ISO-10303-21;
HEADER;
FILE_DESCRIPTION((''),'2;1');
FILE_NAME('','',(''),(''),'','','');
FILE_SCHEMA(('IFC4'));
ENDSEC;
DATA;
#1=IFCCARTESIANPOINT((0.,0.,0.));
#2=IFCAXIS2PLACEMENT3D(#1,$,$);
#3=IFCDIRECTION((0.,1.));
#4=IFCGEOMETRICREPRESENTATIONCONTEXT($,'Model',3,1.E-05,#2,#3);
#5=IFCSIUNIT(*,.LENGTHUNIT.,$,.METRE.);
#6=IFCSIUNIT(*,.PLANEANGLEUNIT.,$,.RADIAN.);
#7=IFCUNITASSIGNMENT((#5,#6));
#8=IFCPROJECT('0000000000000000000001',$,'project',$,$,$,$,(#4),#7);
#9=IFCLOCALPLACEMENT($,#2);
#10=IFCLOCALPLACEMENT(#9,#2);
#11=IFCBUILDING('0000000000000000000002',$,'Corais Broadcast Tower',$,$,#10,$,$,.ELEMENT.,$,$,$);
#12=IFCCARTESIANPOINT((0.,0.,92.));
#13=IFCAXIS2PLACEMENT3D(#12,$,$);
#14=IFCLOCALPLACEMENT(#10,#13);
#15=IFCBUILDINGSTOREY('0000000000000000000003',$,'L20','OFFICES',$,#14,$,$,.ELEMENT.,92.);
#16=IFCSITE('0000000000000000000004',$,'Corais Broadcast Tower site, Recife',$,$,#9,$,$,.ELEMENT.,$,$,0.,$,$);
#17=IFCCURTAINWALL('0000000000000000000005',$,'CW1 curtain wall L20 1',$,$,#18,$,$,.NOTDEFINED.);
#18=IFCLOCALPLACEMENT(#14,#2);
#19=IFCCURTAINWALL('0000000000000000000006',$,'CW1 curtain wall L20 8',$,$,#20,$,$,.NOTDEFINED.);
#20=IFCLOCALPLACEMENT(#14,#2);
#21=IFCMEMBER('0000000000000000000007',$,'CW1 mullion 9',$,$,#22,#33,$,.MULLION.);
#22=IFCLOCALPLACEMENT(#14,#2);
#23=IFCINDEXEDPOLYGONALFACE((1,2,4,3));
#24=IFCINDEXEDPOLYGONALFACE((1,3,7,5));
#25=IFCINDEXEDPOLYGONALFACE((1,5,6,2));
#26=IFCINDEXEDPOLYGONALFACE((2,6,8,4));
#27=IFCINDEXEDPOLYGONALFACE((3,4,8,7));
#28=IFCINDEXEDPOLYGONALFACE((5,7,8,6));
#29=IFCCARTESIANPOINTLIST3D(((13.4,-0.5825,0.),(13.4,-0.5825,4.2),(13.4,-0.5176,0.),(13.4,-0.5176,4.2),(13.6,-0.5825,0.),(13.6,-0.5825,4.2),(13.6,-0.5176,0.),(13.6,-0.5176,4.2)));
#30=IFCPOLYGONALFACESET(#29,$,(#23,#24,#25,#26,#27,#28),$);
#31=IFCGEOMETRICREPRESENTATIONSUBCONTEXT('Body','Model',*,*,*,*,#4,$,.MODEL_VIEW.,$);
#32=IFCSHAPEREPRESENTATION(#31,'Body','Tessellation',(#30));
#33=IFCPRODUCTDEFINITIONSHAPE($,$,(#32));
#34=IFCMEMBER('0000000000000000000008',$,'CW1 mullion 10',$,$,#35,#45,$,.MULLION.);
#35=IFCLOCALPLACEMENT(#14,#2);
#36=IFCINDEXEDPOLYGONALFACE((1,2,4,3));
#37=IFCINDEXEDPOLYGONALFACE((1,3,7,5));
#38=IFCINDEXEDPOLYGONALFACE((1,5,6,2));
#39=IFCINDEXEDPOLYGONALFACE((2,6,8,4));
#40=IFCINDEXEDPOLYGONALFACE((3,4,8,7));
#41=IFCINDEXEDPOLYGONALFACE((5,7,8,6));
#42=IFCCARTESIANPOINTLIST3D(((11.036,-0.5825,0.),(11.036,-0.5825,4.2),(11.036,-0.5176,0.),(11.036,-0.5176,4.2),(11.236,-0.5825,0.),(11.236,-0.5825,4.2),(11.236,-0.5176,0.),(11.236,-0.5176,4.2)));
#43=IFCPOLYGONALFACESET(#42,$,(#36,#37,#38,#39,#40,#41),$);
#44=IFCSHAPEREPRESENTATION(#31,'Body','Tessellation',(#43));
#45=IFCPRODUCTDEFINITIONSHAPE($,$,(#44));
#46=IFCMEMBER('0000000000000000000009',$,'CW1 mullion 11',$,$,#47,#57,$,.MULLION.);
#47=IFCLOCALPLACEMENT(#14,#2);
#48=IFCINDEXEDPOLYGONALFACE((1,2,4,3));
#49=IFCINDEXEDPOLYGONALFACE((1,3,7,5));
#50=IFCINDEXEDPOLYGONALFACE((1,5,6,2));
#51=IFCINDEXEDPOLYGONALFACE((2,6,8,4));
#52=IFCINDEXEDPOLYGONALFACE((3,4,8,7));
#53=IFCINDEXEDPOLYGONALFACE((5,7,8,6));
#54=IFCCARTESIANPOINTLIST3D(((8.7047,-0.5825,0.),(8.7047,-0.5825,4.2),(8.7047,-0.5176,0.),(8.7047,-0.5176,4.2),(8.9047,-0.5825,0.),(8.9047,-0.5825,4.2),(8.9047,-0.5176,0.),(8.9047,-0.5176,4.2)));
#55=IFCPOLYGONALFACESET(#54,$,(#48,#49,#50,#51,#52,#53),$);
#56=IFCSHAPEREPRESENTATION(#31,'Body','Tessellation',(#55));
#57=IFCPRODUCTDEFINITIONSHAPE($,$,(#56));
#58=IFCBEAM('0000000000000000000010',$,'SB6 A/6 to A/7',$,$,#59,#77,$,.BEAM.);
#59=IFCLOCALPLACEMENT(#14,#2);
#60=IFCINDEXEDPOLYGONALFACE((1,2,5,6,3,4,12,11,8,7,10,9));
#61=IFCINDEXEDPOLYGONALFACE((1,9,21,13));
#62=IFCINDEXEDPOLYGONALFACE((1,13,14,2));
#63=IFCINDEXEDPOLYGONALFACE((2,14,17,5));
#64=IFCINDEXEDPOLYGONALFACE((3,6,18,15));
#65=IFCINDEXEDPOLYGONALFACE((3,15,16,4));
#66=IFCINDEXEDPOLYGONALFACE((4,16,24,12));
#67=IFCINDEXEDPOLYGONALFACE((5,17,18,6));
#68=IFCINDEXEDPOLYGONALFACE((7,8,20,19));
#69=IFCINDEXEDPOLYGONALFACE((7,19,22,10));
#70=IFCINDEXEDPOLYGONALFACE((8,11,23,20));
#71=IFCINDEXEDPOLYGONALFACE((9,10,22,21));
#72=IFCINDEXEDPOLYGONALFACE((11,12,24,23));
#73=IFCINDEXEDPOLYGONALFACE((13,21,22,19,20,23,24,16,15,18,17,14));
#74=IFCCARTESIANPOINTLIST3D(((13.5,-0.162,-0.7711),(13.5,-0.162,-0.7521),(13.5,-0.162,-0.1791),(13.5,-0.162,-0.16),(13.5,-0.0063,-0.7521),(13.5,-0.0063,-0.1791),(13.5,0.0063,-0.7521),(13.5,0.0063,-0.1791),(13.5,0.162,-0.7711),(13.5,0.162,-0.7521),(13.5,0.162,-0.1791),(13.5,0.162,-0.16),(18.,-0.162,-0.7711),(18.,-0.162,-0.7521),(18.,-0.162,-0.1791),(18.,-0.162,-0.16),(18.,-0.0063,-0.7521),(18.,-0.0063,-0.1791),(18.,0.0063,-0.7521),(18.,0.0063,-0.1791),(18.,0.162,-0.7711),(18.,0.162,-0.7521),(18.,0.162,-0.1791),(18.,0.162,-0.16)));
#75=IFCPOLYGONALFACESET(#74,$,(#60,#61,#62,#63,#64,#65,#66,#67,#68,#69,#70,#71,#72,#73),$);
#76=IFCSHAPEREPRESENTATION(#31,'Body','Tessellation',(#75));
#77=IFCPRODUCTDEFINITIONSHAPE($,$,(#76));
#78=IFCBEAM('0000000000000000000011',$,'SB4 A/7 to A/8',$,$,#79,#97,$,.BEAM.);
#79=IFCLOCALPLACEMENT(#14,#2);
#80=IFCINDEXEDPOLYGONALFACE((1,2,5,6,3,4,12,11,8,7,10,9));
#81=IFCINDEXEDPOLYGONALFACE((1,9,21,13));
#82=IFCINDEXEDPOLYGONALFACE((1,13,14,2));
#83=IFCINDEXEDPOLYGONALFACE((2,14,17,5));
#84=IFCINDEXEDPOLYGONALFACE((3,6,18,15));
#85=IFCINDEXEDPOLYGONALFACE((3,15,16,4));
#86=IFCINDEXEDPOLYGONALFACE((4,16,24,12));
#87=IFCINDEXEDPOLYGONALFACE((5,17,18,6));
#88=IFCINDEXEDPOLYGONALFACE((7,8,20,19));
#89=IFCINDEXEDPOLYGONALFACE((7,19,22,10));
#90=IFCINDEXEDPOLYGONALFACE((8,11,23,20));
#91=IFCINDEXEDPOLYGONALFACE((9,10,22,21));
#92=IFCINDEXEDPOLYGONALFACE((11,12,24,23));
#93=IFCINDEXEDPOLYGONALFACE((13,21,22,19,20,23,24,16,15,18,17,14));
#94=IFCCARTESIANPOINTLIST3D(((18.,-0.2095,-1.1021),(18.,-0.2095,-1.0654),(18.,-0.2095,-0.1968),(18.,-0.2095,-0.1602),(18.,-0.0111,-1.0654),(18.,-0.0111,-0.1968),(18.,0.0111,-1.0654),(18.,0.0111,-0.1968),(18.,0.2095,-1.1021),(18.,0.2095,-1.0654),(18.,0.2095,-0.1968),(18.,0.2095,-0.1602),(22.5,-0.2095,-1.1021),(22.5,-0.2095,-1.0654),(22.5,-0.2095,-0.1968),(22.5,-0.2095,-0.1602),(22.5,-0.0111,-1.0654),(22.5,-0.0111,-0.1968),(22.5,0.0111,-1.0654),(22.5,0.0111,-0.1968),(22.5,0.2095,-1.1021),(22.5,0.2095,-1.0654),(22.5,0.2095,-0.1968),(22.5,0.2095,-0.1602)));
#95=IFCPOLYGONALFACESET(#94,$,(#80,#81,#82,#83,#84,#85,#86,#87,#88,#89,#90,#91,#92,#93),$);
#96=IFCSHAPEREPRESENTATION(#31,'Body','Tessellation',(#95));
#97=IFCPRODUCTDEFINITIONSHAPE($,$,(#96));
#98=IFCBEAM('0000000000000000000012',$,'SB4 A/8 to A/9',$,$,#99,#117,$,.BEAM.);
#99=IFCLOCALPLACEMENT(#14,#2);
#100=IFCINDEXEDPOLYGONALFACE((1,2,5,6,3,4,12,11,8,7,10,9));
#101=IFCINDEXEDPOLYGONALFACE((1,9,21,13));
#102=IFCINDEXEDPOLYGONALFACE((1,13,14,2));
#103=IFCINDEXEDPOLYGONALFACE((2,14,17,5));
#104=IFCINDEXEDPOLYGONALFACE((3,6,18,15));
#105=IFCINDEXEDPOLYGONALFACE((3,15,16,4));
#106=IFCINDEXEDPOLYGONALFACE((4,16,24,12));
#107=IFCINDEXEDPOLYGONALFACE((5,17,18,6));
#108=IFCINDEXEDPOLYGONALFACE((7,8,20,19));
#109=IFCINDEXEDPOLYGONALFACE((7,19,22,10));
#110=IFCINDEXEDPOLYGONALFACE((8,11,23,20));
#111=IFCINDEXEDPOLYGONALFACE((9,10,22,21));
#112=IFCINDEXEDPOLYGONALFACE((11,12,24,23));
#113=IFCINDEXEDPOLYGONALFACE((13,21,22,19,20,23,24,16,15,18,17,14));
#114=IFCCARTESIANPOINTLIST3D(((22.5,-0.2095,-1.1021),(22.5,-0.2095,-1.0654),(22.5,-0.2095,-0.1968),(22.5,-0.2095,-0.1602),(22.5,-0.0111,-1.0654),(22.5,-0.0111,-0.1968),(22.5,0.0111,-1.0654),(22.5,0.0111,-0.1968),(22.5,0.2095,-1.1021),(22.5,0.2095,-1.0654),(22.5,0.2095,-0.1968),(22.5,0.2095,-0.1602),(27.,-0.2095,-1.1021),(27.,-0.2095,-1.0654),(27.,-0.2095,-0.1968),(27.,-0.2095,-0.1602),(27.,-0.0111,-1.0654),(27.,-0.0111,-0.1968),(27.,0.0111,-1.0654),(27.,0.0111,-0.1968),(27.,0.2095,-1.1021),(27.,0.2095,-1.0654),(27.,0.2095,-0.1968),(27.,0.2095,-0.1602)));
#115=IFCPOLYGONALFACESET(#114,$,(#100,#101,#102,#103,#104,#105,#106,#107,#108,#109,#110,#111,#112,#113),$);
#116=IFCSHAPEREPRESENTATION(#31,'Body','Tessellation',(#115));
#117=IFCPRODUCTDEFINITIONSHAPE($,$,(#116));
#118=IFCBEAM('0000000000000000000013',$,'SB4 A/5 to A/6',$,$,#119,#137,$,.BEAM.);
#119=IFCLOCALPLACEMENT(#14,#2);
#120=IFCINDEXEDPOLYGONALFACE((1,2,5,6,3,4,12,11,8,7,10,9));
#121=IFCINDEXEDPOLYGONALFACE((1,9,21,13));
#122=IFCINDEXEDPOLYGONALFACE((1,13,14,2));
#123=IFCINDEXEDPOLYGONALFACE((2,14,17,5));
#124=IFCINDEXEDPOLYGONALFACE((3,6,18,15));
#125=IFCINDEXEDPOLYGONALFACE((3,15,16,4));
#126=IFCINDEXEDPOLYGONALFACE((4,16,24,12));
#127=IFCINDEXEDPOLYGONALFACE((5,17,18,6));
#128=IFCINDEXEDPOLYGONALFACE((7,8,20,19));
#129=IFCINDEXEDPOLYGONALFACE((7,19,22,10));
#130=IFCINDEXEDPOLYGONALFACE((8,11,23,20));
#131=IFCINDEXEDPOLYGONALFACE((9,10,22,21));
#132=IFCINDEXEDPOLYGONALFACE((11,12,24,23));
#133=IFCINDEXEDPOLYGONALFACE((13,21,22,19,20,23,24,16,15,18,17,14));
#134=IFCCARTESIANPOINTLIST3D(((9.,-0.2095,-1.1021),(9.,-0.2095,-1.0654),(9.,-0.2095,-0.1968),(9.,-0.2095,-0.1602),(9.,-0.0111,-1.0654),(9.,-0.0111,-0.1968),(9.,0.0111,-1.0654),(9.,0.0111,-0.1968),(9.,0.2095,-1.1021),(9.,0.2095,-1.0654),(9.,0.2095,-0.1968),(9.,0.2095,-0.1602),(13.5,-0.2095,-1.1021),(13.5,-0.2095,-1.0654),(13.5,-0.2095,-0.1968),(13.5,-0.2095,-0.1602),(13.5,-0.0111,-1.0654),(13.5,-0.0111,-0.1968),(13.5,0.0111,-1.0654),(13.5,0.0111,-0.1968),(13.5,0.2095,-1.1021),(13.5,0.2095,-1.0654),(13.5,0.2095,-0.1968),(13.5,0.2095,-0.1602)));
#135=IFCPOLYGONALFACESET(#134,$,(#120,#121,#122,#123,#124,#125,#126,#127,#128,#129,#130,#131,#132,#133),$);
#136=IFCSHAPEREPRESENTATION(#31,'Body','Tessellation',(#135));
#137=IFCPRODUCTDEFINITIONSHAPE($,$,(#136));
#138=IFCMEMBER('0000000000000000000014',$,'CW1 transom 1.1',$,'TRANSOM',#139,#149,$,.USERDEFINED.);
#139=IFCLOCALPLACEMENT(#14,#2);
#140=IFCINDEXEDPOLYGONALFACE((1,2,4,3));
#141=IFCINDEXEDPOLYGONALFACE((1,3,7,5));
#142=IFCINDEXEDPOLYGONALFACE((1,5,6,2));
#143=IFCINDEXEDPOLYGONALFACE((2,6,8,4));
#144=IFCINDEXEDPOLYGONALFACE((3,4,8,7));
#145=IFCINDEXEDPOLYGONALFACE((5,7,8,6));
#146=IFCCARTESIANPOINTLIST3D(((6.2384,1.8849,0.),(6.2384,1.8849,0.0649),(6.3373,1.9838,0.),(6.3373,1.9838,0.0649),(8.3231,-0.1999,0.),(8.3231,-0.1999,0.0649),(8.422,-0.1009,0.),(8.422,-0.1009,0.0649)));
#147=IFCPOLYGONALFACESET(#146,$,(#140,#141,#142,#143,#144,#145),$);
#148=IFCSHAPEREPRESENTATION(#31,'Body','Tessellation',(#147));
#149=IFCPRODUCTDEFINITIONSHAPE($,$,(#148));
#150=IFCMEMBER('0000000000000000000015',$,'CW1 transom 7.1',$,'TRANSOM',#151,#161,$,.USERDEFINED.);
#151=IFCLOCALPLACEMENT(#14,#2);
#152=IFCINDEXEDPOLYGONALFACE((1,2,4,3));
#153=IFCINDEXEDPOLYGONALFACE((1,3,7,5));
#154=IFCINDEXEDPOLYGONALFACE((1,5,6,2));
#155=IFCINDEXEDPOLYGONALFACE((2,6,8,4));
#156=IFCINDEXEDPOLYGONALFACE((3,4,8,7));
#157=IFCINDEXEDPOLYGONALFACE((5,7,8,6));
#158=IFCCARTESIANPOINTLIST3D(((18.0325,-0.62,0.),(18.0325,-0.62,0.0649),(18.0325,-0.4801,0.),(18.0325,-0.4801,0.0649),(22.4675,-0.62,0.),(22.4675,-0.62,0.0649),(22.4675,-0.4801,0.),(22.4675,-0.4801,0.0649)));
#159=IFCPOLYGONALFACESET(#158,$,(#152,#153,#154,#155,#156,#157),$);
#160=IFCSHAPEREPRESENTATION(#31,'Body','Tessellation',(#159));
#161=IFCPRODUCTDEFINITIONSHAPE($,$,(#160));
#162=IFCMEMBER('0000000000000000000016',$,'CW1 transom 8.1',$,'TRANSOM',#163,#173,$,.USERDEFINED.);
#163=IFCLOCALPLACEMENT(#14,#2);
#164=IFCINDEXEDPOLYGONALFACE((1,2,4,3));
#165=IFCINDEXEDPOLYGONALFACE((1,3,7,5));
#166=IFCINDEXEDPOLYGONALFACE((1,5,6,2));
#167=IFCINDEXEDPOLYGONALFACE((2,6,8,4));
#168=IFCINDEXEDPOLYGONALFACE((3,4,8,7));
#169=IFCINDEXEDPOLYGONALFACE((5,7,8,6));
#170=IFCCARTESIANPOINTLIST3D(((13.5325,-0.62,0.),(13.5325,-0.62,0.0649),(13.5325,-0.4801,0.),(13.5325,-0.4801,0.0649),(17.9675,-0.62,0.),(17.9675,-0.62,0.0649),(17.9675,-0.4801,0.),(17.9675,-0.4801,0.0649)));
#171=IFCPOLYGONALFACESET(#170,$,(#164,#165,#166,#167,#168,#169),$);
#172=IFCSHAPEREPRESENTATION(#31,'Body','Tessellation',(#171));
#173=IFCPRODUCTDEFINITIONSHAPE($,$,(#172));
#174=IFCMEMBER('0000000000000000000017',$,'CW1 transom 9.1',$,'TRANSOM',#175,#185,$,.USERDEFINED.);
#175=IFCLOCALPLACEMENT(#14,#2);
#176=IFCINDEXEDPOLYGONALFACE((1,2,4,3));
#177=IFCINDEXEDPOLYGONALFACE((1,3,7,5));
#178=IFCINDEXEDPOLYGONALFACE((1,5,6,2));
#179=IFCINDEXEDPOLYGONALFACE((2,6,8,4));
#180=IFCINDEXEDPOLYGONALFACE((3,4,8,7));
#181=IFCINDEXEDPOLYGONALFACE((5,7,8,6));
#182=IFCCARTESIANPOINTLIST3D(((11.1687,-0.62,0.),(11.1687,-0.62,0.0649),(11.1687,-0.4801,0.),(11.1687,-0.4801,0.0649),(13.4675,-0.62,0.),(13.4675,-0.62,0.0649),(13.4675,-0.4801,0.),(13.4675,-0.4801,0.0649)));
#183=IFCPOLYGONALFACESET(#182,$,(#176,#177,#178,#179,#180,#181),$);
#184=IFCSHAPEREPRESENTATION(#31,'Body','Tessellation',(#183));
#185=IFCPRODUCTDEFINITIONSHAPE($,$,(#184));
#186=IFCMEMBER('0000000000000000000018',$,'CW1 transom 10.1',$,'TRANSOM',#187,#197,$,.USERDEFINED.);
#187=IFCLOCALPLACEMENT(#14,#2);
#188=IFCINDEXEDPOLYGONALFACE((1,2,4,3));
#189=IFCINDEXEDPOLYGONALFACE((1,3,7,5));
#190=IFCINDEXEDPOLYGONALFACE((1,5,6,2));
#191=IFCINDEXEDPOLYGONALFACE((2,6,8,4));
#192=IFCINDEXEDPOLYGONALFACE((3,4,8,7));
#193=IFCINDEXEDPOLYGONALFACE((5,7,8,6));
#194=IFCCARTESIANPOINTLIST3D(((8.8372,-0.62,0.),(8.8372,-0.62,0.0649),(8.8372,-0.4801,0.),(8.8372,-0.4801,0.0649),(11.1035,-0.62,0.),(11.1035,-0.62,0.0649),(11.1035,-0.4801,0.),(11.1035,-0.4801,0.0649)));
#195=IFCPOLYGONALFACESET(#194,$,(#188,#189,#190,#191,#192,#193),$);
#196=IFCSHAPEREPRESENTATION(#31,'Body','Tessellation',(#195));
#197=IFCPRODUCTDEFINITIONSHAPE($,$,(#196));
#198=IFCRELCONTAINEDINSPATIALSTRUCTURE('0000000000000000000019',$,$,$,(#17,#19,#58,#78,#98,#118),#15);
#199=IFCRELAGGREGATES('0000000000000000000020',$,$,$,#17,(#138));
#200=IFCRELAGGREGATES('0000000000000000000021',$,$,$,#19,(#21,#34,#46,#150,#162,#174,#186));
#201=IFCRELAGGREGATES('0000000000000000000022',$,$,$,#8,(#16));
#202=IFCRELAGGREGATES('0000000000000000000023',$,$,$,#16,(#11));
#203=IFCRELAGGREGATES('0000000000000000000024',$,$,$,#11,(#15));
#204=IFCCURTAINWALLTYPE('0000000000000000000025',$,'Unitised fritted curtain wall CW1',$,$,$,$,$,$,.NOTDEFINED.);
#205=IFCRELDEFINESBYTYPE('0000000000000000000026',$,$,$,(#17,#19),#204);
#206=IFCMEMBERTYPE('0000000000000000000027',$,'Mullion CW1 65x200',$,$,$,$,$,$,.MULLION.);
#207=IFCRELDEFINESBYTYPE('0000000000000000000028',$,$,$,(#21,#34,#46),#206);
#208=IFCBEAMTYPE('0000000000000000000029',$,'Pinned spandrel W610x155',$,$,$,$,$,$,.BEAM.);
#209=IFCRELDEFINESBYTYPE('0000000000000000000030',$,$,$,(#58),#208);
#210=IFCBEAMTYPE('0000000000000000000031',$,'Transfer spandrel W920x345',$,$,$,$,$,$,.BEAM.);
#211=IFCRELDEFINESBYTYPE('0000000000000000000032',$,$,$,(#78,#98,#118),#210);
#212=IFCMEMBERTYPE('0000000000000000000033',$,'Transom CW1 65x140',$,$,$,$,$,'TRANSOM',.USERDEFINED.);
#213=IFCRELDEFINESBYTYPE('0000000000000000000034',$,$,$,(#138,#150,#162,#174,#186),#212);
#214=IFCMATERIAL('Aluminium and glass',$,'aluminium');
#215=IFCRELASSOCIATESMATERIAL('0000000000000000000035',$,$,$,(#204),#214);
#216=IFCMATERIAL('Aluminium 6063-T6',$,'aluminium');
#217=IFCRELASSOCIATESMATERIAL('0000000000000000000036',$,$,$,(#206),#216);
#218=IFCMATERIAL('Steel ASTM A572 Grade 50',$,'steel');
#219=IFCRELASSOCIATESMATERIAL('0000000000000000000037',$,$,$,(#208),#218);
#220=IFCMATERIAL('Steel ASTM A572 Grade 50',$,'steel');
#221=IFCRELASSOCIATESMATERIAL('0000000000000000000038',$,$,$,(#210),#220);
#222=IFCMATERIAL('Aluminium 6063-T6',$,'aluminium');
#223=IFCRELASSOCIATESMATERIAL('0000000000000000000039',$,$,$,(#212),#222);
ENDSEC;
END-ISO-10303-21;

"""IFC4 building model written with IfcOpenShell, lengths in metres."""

from ifc_helpers import new_model, si_unit, direction, frame, origin, origin_2d, place, context, subcontext, project, spatial, rectangle, i_section, extrude, material, material_profile, profile_set, type_object, element, aggregate, save


model = new_model("IFC4")

# Units and contexts
model_context = context("Model", 3, precision=1e-05, world=origin(), true_north=direction((0.0, 1.0)))
body_context = subcontext(model_context, "Body", "Model", "MODEL_VIEW")
ifc_project = project(units=[si_unit("LENGTHUNIT", "METRE"), si_unit("PLANEANGLEUNIT", "RADIAN")], contexts=[model_context])

# Site, building, storey
site_placement = place(None, origin())
site = spatial("IfcSite", under=ifc_project, at=site_placement, Name="Corais Broadcast Tower site, Recife", CompositionType="ELEMENT", RefElevation=0.0)
building_placement = place(site_placement, origin())
building = spatial("IfcBuilding", under=site, at=building_placement, Name="Corais Broadcast Tower", CompositionType="ELEMENT")
storey_placement = place(building_placement, frame((0.0, 0.0, 92.0)))
storey = spatial("IfcBuildingStorey", under=building, at=storey_placement, Name="L20", Description="OFFICES", CompositionType="ELEMENT", Elevation=92.0)

# Curtain wall
ifc_material_1 = material(Name="Aluminium and glass", Category="aluminium")
curtain_wall_type = type_object("IfcCurtainWallType", Name="Unitised fritted curtain wall CW1", PredefinedType="NOTDEFINED", material=ifc_material_1)
curtain_wall_1_placement = place(storey_placement, origin())
curtain_wall_1 = element("IfcCurtainWall", 1, at=curtain_wall_1_placement, inside=storey, type_object=curtain_wall_type, Name="CW1 curtain wall L20 1", PredefinedType="NOTDEFINED")
ifc_material_2 = material(Name="Aluminium 6063-T6", Category="aluminium")
ifc_material_profile_1 = material_profile(ifc_material_2, rectangle(XDim=0.0649, YDim=0.2, at=origin_2d()), Name="Mullion CW1 65x200")
ifc_profile_set_1 = profile_set([ifc_material_profile_1], Name="Aluminium 6063-T6")
member_type_1 = type_object("IfcMemberType", Name="Mullion CW1 65x200", PredefinedType="MULLION", material=ifc_profile_set_1)

# Curtain wall, members
curtain_wall_2_placement = place(storey_placement, origin())
curtain_wall_2 = element("IfcCurtainWall", 2, at=curtain_wall_2_placement, inside=storey, type_object=curtain_wall_type, Name="CW1 curtain wall L20 8", PredefinedType="NOTDEFINED")
member_1_placement = place(storey_placement, frame((13.5, -0.55, 0.0), z_axis=(0.0, 0.0, 1.0), x_axis=(0.0, -1.0, 0.0)))
member_1 = element("IfcMember", 3, at=member_1_placement, type_object=member_type_1, Name="CW1 mullion 9", PredefinedType="MULLION", context=body_context, shape_type="SweptSolid", body=[
    extrude(rectangle(XDim=0.0649, YDim=0.2, at=origin_2d()), origin(), (0.0, 0.0, 1.0), 4.2),
])
member_2_placement = place(storey_placement, frame((11.136, -0.55, 0.0), z_axis=(0.0, 0.0, 1.0), x_axis=(0.0, -1.0, 0.0)))
member_2 = element("IfcMember", 4, at=member_2_placement, type_object=member_type_1, Name="CW1 mullion 10", PredefinedType="MULLION", context=body_context, shape_type="SweptSolid", body=[
    extrude(rectangle(XDim=0.0649, YDim=0.2, at=origin_2d()), origin(), (0.0, 0.0, 1.0), 4.2),
])
member_3_placement = place(storey_placement, frame((8.8047, -0.55, 0.0), z_axis=(0.0, 0.0, 1.0), x_axis=(0.0, -1.0, 0.0)))
member_3 = element("IfcMember", 5, at=member_3_placement, type_object=member_type_1, Name="CW1 mullion 11", PredefinedType="MULLION", context=body_context, shape_type="SweptSolid", body=[
    extrude(rectangle(XDim=0.0649, YDim=0.2, at=origin_2d()), origin(), (0.0, 0.0, 1.0), 4.2),
])

# Beams
ifc_material_3 = material(Name="Steel ASTM A572 Grade 50", Category="steel")
ifc_material_profile_2 = material_profile(ifc_material_3, i_section(OverallWidth=0.324, OverallDepth=0.6111, WebThickness=0.0127, FlangeThickness=0.019, at=origin_2d()), Name="W610x155")
ifc_profile_set_2 = profile_set([ifc_material_profile_2], Name="Steel ASTM A572 Grade 50")
beam_type_1 = type_object("IfcBeamType", Name="Pinned spandrel W610x155", PredefinedType="BEAM", material=ifc_profile_set_2)
beam_1_placement = place(storey_placement, frame((13.5, 0.0, -0.4656), z_axis=(1.0, 0.0, 0.0), x_axis=(0.0, 1.0, 0.0)))
element("IfcBeam", 6, at=beam_1_placement, inside=storey, type_object=beam_type_1, Name="SB6 A/6 to A/7", PredefinedType="BEAM", context=body_context, shape_type="SweptSolid", body=[
    extrude(i_section(OverallWidth=0.324, OverallDepth=0.6111, WebThickness=0.0127, FlangeThickness=0.019, at=origin_2d()), origin(), (0.0, 0.0, 1.0), 4.5),
])
ifc_material_4 = material(Name="Steel ASTM A572 Grade 50", Category="steel")
ifc_material_profile_3 = material_profile(ifc_material_4, i_section(OverallWidth=0.4189, OverallDepth=0.9419, WebThickness=0.0222, FlangeThickness=0.0366, at=origin_2d()), Name="W920x345")
ifc_profile_set_3 = profile_set([ifc_material_profile_3], Name="Steel ASTM A572 Grade 50")
beam_type_2 = type_object("IfcBeamType", Name="Transfer spandrel W920x345", PredefinedType="BEAM", material=ifc_profile_set_3)
for number, where, z_axis, x_axis, name in (
    (7, (18.0, 0.0, -0.6311), (1.0, 0.0, 0.0), (0.0, 1.0, 0.0), "SB4 A/7 to A/8"),
    (8, (22.5, 0.0, -0.6311), (1.0, 0.0, 0.0), (0.0, 1.0, 0.0), "SB4 A/8 to A/9"),
    (9, (9.0, 0.0, -0.6311), (1.0, 0.0, 0.0), (0.0, 1.0, 0.0), "SB4 A/5 to A/6"),
):
    element("IfcBeam", number, at=place(storey_placement, frame(where, z_axis=z_axis, x_axis=x_axis)), inside=storey, type_object=beam_type_2, Name=name, PredefinedType="BEAM", context=body_context, shape_type="SweptSolid", body=[
        extrude(i_section(OverallWidth=0.4189, OverallDepth=0.9419, WebThickness=0.0222, FlangeThickness=0.0366, at=origin_2d()), origin(), (0.0, 0.0, 1.0), 4.5),
    ])

# Members
ifc_material_5 = material(Name="Aluminium 6063-T6", Category="aluminium")
ifc_material_profile_4 = material_profile(ifc_material_5, rectangle(XDim=0.1399, YDim=0.0649, at=origin_2d()), Name="Transom CW1 65x140")
ifc_profile_set_4 = profile_set([ifc_material_profile_4], Name="Aluminium 6063-T6")
member_type_2 = type_object("IfcMemberType", Name="Transom CW1 65x140", ElementType="TRANSOM", PredefinedType="USERDEFINED", material=ifc_profile_set_4)
member_4_placement = place(storey_placement, frame((8.3726, -0.1504, 0.0325), z_axis=(-0.707107, 0.707107, 0.0), x_axis=(-0.707107, -0.707107, 0.0)))
member_4 = element("IfcMember", 10, at=member_4_placement, type_object=member_type_2, Name="CW1 transom 1.1", ObjectType="TRANSOM", PredefinedType="USERDEFINED", context=body_context, shape_type="SweptSolid", body=[
    extrude(rectangle(XDim=0.1399, YDim=0.0649, at=origin_2d()), origin(), (0.0, 0.0, 1.0), 2.9482),
])
aggregate(curtain_wall_1, [member_4])
member_5_placement = place(storey_placement, frame((22.4675, -0.55, 0.0325), z_axis=(-1.0, 0.0, 0.0), x_axis=(0.0, -1.0, 0.0)))
member_5 = element("IfcMember", 11, at=member_5_placement, type_object=member_type_2, Name="CW1 transom 7.1", ObjectType="TRANSOM", PredefinedType="USERDEFINED", context=body_context, shape_type="SweptSolid", body=[
    extrude(rectangle(XDim=0.1399, YDim=0.0649, at=origin_2d()), origin(), (0.0, 0.0, 1.0), 4.4351),
])
member_6_placement = place(storey_placement, frame((17.9675, -0.55, 0.0325), z_axis=(-1.0, 0.0, 0.0), x_axis=(0.0, -1.0, 0.0)))
member_6 = element("IfcMember", 12, at=member_6_placement, type_object=member_type_2, Name="CW1 transom 8.1", ObjectType="TRANSOM", PredefinedType="USERDEFINED", context=body_context, shape_type="SweptSolid", body=[
    extrude(rectangle(XDim=0.1399, YDim=0.0649, at=origin_2d()), origin(), (0.0, 0.0, 1.0), 4.4351),
])
member_7_placement = place(storey_placement, frame((13.4675, -0.55, 0.0325), z_axis=(-1.0, 0.0, 0.0), x_axis=(0.0, -1.0, 0.0)))
member_7 = element("IfcMember", 13, at=member_7_placement, type_object=member_type_2, Name="CW1 transom 9.1", ObjectType="TRANSOM", PredefinedType="USERDEFINED", context=body_context, shape_type="SweptSolid", body=[
    extrude(rectangle(XDim=0.1399, YDim=0.0649, at=origin_2d()), origin(), (0.0, 0.0, 1.0), 2.2988),
])
member_8_placement = place(storey_placement, frame((11.1035, -0.55, 0.0325), z_axis=(-1.0, 0.0, 0.0), x_axis=(0.0, -1.0, 0.0)))
member_8 = element("IfcMember", 14, at=member_8_placement, type_object=member_type_2, Name="CW1 transom 10.1", ObjectType="TRANSOM", PredefinedType="USERDEFINED", context=body_context, shape_type="SweptSolid", body=[
    extrude(rectangle(XDim=0.1399, YDim=0.0649, at=origin_2d()), origin(), (0.0, 0.0, 1.0), 2.2664),
])

aggregate(curtain_wall_2, [member_1, member_2, member_3, member_5, member_6, member_7, member_8])

save(model, "model.ifc")
